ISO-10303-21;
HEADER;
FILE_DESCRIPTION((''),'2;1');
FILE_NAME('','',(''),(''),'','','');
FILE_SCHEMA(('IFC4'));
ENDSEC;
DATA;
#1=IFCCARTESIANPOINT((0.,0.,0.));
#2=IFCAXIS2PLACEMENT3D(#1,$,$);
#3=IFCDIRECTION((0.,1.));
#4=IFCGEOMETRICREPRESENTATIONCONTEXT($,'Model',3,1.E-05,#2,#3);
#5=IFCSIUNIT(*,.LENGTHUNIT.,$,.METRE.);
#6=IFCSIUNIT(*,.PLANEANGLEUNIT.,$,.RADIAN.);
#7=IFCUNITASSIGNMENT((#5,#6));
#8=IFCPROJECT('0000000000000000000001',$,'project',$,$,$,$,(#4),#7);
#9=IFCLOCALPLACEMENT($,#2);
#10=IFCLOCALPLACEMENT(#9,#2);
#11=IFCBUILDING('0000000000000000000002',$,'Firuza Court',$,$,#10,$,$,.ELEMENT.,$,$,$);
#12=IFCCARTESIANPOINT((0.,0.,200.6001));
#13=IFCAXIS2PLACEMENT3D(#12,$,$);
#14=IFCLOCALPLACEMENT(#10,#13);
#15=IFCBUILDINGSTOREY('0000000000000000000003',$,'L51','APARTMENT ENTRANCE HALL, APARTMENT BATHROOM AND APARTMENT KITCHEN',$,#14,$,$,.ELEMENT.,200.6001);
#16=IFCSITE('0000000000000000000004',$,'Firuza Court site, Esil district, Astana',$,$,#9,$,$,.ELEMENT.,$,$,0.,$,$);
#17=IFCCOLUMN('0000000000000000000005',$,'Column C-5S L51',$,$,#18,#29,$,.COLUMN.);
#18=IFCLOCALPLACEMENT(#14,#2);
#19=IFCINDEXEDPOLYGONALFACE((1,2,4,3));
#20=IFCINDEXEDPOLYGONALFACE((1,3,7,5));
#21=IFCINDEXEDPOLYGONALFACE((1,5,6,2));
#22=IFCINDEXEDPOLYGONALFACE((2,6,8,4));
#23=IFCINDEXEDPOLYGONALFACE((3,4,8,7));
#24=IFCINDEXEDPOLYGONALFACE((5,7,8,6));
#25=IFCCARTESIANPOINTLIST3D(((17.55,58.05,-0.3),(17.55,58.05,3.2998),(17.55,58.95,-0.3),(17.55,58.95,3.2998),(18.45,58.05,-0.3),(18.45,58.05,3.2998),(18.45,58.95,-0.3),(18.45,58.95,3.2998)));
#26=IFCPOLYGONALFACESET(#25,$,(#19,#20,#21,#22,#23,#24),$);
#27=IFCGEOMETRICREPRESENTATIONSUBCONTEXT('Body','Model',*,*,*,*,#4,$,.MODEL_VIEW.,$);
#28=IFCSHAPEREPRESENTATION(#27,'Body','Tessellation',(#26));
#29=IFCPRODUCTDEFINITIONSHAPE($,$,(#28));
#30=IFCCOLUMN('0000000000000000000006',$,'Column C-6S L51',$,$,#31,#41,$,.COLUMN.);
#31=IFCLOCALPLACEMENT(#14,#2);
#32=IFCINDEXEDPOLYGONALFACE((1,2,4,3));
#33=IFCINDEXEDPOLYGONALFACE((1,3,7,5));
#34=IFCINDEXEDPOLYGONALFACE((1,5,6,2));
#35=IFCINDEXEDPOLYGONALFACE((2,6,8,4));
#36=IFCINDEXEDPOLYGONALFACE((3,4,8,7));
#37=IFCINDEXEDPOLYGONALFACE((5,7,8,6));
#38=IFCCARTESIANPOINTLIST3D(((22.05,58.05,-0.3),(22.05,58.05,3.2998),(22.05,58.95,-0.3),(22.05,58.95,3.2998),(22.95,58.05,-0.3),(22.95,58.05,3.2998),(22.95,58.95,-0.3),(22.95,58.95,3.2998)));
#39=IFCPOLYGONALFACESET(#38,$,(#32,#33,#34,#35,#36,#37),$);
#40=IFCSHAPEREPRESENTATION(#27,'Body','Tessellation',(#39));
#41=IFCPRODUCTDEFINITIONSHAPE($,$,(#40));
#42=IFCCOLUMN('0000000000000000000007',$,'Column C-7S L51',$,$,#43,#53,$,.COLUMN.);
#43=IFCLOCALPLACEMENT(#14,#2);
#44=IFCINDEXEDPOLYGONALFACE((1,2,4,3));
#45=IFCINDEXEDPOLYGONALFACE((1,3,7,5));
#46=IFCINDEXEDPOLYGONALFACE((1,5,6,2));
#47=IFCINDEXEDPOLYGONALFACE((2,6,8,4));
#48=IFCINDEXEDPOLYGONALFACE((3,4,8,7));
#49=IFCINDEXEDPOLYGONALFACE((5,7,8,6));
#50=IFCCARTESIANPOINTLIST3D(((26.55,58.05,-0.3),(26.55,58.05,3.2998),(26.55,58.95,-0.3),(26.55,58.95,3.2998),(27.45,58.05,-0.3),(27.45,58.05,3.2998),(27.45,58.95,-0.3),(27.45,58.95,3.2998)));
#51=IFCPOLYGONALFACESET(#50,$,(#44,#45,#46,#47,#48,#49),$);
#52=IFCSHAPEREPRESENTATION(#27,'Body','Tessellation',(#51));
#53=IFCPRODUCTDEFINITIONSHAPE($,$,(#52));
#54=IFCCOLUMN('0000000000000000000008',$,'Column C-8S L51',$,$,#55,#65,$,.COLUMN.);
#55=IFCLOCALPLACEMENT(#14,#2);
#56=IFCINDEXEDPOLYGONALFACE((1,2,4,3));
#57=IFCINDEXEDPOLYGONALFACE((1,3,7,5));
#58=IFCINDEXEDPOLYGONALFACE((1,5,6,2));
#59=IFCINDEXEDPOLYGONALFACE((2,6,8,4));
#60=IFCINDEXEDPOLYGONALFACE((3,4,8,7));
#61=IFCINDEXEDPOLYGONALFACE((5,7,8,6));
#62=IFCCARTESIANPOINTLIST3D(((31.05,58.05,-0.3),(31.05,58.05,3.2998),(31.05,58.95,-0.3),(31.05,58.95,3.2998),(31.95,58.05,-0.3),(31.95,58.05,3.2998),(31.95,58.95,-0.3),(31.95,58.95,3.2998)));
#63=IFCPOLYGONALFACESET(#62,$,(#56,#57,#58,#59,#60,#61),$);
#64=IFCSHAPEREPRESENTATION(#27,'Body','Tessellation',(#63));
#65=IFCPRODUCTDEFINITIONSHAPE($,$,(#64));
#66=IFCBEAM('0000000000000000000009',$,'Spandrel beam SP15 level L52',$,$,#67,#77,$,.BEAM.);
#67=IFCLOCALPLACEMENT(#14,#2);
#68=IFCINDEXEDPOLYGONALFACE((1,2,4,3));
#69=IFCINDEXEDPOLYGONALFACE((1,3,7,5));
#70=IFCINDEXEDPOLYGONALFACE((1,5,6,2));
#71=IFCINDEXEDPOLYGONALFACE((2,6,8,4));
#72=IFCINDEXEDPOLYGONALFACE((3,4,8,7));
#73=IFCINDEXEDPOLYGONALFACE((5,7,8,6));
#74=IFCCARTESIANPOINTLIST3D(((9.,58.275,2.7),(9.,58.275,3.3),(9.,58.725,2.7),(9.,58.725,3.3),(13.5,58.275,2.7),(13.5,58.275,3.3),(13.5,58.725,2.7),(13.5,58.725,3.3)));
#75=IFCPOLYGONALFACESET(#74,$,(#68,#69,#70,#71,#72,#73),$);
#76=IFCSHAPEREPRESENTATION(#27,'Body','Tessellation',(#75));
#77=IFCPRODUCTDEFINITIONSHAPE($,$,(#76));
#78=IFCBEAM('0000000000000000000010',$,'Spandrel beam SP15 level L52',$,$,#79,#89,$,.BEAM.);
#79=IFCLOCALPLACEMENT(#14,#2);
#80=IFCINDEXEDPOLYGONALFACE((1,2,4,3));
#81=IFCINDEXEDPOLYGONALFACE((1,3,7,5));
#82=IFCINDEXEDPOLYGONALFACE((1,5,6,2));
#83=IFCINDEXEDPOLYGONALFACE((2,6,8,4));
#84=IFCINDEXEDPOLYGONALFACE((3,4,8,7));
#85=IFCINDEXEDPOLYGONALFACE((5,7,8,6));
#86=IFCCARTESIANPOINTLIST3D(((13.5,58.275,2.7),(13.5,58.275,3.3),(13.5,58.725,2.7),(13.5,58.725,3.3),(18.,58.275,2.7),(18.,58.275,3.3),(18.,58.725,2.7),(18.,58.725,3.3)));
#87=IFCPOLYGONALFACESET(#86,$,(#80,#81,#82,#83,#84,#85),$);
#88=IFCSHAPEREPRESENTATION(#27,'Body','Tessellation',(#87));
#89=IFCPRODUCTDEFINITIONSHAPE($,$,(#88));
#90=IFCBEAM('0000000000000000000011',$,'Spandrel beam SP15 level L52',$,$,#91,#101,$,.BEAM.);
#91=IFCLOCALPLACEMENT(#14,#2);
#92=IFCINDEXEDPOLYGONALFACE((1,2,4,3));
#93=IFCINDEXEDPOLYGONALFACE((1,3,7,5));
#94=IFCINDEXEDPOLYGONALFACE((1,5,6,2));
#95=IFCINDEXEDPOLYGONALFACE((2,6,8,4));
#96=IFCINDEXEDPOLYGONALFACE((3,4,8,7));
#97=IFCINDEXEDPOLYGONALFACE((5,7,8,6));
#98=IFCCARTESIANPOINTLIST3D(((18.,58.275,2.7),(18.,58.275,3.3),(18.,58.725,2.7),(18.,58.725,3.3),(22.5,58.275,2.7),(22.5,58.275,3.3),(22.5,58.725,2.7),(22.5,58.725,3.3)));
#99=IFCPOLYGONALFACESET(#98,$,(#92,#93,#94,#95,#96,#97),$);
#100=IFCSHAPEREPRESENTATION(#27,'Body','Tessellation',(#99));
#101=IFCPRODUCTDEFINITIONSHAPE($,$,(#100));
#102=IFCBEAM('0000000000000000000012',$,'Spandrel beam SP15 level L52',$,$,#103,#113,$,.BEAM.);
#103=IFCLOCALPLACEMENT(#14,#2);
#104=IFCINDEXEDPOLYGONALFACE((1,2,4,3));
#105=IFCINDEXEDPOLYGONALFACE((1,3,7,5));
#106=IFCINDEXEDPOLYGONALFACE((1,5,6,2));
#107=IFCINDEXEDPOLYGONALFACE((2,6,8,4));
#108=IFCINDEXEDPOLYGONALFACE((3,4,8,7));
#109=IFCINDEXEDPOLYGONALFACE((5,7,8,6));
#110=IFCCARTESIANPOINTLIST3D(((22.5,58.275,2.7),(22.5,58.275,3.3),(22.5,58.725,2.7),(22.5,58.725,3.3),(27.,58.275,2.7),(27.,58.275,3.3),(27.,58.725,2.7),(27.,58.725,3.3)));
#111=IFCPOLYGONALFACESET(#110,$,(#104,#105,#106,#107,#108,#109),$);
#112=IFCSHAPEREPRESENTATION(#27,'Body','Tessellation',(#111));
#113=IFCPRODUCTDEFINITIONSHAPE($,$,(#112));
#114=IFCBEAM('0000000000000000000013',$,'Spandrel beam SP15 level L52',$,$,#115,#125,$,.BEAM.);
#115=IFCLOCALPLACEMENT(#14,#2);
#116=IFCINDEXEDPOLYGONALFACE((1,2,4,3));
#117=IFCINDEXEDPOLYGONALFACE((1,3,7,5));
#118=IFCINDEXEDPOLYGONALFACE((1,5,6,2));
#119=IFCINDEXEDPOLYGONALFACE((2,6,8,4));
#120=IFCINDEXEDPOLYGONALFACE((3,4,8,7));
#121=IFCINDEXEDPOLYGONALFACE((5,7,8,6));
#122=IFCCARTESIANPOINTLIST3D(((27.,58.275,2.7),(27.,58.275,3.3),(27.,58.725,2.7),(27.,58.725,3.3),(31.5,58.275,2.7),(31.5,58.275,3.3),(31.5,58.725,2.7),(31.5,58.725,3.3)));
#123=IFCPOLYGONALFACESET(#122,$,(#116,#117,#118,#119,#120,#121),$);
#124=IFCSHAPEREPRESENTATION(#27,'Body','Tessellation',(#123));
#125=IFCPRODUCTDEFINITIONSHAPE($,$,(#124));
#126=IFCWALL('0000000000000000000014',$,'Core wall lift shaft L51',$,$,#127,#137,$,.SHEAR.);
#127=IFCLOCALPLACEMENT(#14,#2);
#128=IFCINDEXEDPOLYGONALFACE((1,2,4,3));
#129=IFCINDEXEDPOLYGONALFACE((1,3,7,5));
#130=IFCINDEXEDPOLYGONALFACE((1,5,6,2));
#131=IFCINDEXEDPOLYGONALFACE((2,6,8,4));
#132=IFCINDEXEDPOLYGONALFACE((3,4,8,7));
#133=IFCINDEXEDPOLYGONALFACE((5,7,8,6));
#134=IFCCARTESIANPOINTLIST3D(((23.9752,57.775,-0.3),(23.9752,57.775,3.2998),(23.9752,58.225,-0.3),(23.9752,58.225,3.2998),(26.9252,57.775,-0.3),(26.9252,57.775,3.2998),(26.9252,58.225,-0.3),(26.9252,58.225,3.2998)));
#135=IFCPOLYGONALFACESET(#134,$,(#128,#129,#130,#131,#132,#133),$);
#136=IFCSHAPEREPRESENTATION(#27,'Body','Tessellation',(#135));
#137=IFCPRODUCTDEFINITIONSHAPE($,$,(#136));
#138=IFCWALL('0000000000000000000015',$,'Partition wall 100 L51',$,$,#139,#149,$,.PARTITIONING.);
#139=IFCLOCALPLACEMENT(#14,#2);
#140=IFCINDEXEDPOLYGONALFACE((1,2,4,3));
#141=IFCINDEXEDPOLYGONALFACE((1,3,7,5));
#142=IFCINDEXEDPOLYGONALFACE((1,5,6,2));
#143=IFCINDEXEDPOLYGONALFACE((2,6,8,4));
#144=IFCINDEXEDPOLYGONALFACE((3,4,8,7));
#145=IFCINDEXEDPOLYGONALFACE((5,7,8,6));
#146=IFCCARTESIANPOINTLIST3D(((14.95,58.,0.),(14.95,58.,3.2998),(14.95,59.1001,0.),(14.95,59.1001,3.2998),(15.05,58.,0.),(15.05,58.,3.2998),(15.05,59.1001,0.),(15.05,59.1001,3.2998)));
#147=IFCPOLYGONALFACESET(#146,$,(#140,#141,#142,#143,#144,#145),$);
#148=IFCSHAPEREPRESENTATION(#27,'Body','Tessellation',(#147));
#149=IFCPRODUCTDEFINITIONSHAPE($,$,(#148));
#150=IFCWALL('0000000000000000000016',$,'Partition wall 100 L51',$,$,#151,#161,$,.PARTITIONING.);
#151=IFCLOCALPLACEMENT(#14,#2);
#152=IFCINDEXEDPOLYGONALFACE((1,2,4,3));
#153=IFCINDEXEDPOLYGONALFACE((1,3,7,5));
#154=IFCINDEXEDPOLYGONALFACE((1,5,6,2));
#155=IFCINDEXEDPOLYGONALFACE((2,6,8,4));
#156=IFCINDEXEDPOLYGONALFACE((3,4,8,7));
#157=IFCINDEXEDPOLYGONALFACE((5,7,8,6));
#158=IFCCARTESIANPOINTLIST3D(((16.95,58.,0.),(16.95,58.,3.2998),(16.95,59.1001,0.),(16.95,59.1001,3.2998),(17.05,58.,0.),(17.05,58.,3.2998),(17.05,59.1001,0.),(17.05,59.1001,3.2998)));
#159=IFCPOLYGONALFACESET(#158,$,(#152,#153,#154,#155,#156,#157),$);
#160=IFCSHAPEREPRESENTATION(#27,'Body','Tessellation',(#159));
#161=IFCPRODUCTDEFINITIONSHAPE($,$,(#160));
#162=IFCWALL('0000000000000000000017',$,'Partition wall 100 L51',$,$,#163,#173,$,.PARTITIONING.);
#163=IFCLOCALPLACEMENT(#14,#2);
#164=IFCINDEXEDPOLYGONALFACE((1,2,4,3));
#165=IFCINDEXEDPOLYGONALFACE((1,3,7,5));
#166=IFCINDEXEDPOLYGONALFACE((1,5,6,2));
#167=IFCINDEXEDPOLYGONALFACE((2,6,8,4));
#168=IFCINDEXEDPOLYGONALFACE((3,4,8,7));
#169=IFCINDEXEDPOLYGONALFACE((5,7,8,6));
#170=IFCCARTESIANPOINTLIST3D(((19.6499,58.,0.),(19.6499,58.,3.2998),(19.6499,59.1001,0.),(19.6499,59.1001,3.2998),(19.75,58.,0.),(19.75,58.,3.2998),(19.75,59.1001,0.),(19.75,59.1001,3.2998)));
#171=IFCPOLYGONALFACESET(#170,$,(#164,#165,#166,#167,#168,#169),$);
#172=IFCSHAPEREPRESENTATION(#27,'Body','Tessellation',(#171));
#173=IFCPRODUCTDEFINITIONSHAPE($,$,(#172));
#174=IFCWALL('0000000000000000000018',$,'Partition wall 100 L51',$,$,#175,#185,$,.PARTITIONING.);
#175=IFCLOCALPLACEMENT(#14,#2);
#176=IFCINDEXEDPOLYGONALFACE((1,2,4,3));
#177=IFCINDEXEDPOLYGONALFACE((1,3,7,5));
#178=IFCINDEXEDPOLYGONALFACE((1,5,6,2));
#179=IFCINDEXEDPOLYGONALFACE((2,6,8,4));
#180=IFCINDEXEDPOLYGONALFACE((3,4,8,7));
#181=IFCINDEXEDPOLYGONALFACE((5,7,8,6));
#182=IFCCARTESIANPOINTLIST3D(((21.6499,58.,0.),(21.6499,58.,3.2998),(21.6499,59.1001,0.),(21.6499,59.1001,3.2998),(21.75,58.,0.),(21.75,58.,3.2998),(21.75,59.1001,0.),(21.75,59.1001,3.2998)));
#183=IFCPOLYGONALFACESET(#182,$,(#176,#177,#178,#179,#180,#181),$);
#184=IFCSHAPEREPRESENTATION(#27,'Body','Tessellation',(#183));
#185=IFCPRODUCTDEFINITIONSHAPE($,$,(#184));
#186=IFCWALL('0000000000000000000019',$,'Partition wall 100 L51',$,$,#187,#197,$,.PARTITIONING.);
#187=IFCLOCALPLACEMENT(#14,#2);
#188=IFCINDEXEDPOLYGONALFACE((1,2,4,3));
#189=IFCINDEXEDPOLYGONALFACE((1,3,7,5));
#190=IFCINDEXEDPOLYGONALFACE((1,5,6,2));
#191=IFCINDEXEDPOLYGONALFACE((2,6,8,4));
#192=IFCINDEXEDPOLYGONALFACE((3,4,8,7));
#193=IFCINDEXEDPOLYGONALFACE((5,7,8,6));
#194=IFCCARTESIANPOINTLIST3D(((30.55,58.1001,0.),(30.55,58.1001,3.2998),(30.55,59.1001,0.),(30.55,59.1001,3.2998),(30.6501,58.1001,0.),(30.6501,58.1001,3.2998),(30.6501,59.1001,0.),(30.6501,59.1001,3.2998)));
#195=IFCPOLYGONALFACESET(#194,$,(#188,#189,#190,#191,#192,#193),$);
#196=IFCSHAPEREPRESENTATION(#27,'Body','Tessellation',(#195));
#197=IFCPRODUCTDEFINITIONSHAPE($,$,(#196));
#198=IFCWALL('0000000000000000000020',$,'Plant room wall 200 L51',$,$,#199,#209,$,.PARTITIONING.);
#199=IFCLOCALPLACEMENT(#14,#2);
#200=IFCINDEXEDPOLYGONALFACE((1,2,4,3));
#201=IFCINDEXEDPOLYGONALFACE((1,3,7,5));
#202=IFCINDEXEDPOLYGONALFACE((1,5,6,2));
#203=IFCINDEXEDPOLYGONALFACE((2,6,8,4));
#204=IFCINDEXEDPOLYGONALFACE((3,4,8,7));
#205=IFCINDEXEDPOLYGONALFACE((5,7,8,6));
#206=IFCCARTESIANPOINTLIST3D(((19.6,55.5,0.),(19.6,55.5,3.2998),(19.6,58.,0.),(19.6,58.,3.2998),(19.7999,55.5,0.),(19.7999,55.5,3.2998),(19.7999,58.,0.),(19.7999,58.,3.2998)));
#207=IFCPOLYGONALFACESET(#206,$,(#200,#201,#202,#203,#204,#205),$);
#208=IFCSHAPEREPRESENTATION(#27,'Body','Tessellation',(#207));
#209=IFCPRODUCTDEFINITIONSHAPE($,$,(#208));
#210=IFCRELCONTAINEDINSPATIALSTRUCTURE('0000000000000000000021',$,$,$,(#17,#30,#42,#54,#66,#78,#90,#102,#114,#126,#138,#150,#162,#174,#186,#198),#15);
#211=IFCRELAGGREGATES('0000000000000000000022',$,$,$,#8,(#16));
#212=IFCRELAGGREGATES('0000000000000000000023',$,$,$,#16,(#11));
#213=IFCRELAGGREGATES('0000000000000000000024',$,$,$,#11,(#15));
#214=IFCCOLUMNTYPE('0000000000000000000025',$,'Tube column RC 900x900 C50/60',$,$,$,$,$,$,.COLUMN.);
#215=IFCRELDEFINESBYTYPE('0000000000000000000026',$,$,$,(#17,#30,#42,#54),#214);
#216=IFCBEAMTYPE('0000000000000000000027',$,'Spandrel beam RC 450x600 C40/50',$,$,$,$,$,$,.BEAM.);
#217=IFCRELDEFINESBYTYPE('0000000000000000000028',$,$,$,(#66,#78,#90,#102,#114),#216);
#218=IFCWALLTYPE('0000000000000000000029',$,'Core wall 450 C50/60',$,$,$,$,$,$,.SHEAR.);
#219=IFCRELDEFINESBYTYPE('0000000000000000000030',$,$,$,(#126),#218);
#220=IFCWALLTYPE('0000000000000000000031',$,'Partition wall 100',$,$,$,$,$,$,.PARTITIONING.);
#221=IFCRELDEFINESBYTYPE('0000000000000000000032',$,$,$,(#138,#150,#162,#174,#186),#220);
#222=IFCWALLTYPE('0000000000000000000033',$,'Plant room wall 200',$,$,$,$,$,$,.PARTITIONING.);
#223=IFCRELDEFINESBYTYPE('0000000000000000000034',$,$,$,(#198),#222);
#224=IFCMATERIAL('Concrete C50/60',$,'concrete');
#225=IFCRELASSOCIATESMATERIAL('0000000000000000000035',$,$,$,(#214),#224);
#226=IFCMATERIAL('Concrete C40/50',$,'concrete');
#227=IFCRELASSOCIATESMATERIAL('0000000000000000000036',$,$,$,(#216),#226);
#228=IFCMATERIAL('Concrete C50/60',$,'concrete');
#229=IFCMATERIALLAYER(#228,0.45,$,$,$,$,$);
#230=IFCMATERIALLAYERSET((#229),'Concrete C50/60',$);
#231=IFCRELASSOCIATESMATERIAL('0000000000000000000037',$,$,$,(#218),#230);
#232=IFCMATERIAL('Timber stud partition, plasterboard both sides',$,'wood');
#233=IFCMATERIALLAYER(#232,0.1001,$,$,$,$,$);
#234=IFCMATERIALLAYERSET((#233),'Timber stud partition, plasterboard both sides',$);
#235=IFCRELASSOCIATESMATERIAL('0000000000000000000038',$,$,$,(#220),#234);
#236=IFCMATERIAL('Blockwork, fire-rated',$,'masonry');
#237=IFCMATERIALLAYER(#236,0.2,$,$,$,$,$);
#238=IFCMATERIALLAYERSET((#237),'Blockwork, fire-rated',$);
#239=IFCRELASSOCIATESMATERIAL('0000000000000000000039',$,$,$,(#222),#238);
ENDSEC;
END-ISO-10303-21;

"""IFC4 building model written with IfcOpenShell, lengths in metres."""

from ifc_helpers import new_model, si_unit, direction, frame, frame_2d, origin, origin_2d, place, context, subcontext, project, spatial, rectangle, extrude, material, layer, layer_set, material_profile, profile_set, type_object, element, save


model = new_model("IFC4")

# Units and contexts
model_context = context("Model", 3, precision=1e-05, world=origin(), true_north=direction((0.0, 1.0)))
body_context = subcontext(model_context, "Body", "Model", "MODEL_VIEW")
ifc_project = project(units=[si_unit("LENGTHUNIT", "METRE"), si_unit("PLANEANGLEUNIT", "RADIAN")], contexts=[model_context])

# Site, building, storey
site_placement = place(None, origin())
site = spatial("IfcSite", under=ifc_project, at=site_placement, Name="Firuza Court site, Esil district, Astana", CompositionType="ELEMENT", RefElevation=0.0)
building_placement = place(site_placement, origin())
building = spatial("IfcBuilding", under=site, at=building_placement, Name="Firuza Court", CompositionType="ELEMENT")
storey_placement = place(building_placement, frame((0.0, 0.0, 200.6001)))
storey = spatial("IfcBuildingStorey", under=building, at=storey_placement, Name="L51", Description="APARTMENT ENTRANCE HALL, APARTMENT BATHROOM AND APARTMENT KITCHEN", CompositionType="ELEMENT", Elevation=200.6001)

# Columns
ifc_material_1 = material(Name="Concrete C50/60", Category="concrete")
ifc_material_profile_1 = material_profile(ifc_material_1, rectangle(XDim=0.8999, YDim=0.8999, at=origin_2d()), Name="RC 900x900")
ifc_profile_set_1 = profile_set([ifc_material_profile_1], Name="Concrete C50/60")
column_type = type_object("IfcColumnType", Name="Tube column RC 900x900 C50/60", PredefinedType="COLUMN", material=ifc_profile_set_1)
for number, where, z_axis, x_axis, name in (
    (1, (18.0, 58.5, -0.3), (0.0, 0.0, 1.0), (1.0, 0.0, 0.0), "Column C-5S L51"),
    (2, (22.5, 58.5, -0.3), (0.0, 0.0, 1.0), (1.0, 0.0, 0.0), "Column C-6S L51"),
    (3, (27.0, 58.5, -0.3), (0.0, 0.0, 1.0), (1.0, 0.0, 0.0), "Column C-7S L51"),
    (4, (31.5, 58.5, -0.3), (0.0, 0.0, 1.0), (1.0, 0.0, 0.0), "Column C-8S L51"),
):
    element("IfcColumn", number, at=place(storey_placement, frame(where, z_axis=z_axis, x_axis=x_axis)), inside=storey, type_object=column_type, Name=name, PredefinedType="COLUMN", context=body_context, shape_type="SweptSolid", body=[
        extrude(rectangle(XDim=0.8999, YDim=0.8999, at=origin_2d()), origin(), (0.0, 0.0, 1.0), 3.5999),
    ])

# Beams
ifc_material_2 = material(Name="Concrete C40/50", Category="concrete")
ifc_material_profile_2 = material_profile(ifc_material_2, rectangle(XDim=0.45, YDim=0.6001, at=origin_2d()), Name="RC 450x600")
ifc_profile_set_2 = profile_set([ifc_material_profile_2], Name="Concrete C40/50")
beam_type = type_object("IfcBeamType", Name="Spandrel beam RC 450x600 C40/50", PredefinedType="BEAM", material=ifc_profile_set_2)
for number, where, z_axis, x_axis, name in (
    (5, (13.5, 58.5, 3.0), (-1.0, 0.0, 0.0), (0.0, -1.0, 0.0), "Spandrel beam SP15 level L52"),
    (6, (18.0, 58.5, 3.0), (-1.0, 0.0, 0.0), (0.0, -1.0, 0.0), "Spandrel beam SP15 level L52"),
    (7, (22.5, 58.5, 3.0), (-1.0, 0.0, 0.0), (0.0, -1.0, 0.0), "Spandrel beam SP15 level L52"),
    (8, (27.0, 58.5, 3.0), (-1.0, 0.0, 0.0), (0.0, -1.0, 0.0), "Spandrel beam SP15 level L52"),
    (9, (31.5, 58.5, 3.0), (-1.0, 0.0, 0.0), (0.0, -1.0, 0.0), "Spandrel beam SP15 level L52"),
):
    element("IfcBeam", number, at=place(storey_placement, frame(where, z_axis=z_axis, x_axis=x_axis)), inside=storey, type_object=beam_type, Name=name, PredefinedType="BEAM", context=body_context, shape_type="SweptSolid", body=[
        extrude(rectangle(XDim=0.45, YDim=0.6001, at=origin_2d()), origin(), (0.0, 0.0, 1.0), 4.5),
    ])

# Walls
ifc_material_3 = material(Name="Concrete C50/60", Category="concrete")
ifc_layer_1 = layer(ifc_material_3, 0.45)
ifc_layer_set_1 = layer_set([ifc_layer_1], Name="Concrete C50/60")
wall_type_1 = type_object("IfcWallType", Name="Core wall 450 C50/60", PredefinedType="SHEAR", material=ifc_layer_set_1)
wall_1_placement = place(storey_placement, frame((23.9751, 58.0, -0.3), z_axis=(0.0, 0.0, 1.0), x_axis=(1.0, 0.0, 0.0)))
element("IfcWall", 10, at=wall_1_placement, inside=storey, type_object=wall_type_1, Name="Core wall lift shaft L51", PredefinedType="SHEAR", context=body_context, shape_type="SweptSolid", body=[
    extrude(rectangle(XDim=2.95, YDim=0.45, at=frame_2d((1.4751, 0.0))), origin(), (0.0, 0.0, 1.0), 3.5999),
])
ifc_material_4 = material(Name="Timber stud partition, plasterboard both sides", Category="wood")
ifc_layer_2 = layer(ifc_material_4, 0.1001)
ifc_layer_set_2 = layer_set([ifc_layer_2], Name="Timber stud partition, plasterboard both sides")
wall_type_2 = type_object("IfcWallType", Name="Partition wall 100", PredefinedType="PARTITIONING", material=ifc_layer_set_2)
for number, where, z_axis, x_axis, name in (
    (11, (15.0, 58.0, 0.0), (0.0, 0.0, 1.0), (0.0, 1.0, 0.0), "Partition wall 100 L51"),
    (12, (17.0, 58.0, 0.0), (0.0, 0.0, 1.0), (0.0, 1.0, 0.0), "Partition wall 100 L51"),
    (13, (19.7, 58.0, 0.0), (0.0, 0.0, 1.0), (0.0, 1.0, 0.0), "Partition wall 100 L51"),
    (14, (21.7, 58.0, 0.0), (0.0, 0.0, 1.0), (0.0, 1.0, 0.0), "Partition wall 100 L51"),
):
    element("IfcWall", number, at=place(storey_placement, frame(where, z_axis=z_axis, x_axis=x_axis)), inside=storey, type_object=wall_type_2, Name=name, PredefinedType="PARTITIONING", context=body_context, shape_type="SweptSolid", body=[
        extrude(rectangle(XDim=1.1001, YDim=0.1001, at=frame_2d((0.55, 0.0))), origin(), (0.0, 0.0, 1.0), 3.2998),
    ])
wall_2_placement = place(storey_placement, frame((30.6001, 58.1001, 0.0), z_axis=(0.0, 0.0, 1.0), x_axis=(0.0, 1.0, 0.0)))
element("IfcWall", 15, at=wall_2_placement, inside=storey, type_object=wall_type_2, Name="Partition wall 100 L51", PredefinedType="PARTITIONING", context=body_context, shape_type="SweptSolid", body=[
    extrude(rectangle(XDim=1.0, YDim=0.1001, at=frame_2d((0.5, 0.0))), origin(), (0.0, 0.0, 1.0), 3.2998),
])
ifc_material_5 = material(Name="Blockwork, fire-rated", Category="masonry")
ifc_layer_3 = layer(ifc_material_5, 0.2)
ifc_layer_set_3 = layer_set([ifc_layer_3], Name="Blockwork, fire-rated")
wall_type_3 = type_object("IfcWallType", Name="Plant room wall 200", PredefinedType="PARTITIONING", material=ifc_layer_set_3)
wall_3_placement = place(storey_placement, frame((19.7, 55.5, 0.0), z_axis=(0.0, 0.0, 1.0), x_axis=(0.0, 1.0, 0.0)))
element("IfcWall", 16, at=wall_3_placement, inside=storey, type_object=wall_type_3, Name="Plant room wall 200 L51", PredefinedType="PARTITIONING", context=body_context, shape_type="SweptSolid", body=[
    extrude(rectangle(XDim=2.5, YDim=0.2, at=frame_2d((1.25, 0.0))), origin(), (0.0, 0.0, 1.0), 3.2998),
])

save(model, "model.ifc")
